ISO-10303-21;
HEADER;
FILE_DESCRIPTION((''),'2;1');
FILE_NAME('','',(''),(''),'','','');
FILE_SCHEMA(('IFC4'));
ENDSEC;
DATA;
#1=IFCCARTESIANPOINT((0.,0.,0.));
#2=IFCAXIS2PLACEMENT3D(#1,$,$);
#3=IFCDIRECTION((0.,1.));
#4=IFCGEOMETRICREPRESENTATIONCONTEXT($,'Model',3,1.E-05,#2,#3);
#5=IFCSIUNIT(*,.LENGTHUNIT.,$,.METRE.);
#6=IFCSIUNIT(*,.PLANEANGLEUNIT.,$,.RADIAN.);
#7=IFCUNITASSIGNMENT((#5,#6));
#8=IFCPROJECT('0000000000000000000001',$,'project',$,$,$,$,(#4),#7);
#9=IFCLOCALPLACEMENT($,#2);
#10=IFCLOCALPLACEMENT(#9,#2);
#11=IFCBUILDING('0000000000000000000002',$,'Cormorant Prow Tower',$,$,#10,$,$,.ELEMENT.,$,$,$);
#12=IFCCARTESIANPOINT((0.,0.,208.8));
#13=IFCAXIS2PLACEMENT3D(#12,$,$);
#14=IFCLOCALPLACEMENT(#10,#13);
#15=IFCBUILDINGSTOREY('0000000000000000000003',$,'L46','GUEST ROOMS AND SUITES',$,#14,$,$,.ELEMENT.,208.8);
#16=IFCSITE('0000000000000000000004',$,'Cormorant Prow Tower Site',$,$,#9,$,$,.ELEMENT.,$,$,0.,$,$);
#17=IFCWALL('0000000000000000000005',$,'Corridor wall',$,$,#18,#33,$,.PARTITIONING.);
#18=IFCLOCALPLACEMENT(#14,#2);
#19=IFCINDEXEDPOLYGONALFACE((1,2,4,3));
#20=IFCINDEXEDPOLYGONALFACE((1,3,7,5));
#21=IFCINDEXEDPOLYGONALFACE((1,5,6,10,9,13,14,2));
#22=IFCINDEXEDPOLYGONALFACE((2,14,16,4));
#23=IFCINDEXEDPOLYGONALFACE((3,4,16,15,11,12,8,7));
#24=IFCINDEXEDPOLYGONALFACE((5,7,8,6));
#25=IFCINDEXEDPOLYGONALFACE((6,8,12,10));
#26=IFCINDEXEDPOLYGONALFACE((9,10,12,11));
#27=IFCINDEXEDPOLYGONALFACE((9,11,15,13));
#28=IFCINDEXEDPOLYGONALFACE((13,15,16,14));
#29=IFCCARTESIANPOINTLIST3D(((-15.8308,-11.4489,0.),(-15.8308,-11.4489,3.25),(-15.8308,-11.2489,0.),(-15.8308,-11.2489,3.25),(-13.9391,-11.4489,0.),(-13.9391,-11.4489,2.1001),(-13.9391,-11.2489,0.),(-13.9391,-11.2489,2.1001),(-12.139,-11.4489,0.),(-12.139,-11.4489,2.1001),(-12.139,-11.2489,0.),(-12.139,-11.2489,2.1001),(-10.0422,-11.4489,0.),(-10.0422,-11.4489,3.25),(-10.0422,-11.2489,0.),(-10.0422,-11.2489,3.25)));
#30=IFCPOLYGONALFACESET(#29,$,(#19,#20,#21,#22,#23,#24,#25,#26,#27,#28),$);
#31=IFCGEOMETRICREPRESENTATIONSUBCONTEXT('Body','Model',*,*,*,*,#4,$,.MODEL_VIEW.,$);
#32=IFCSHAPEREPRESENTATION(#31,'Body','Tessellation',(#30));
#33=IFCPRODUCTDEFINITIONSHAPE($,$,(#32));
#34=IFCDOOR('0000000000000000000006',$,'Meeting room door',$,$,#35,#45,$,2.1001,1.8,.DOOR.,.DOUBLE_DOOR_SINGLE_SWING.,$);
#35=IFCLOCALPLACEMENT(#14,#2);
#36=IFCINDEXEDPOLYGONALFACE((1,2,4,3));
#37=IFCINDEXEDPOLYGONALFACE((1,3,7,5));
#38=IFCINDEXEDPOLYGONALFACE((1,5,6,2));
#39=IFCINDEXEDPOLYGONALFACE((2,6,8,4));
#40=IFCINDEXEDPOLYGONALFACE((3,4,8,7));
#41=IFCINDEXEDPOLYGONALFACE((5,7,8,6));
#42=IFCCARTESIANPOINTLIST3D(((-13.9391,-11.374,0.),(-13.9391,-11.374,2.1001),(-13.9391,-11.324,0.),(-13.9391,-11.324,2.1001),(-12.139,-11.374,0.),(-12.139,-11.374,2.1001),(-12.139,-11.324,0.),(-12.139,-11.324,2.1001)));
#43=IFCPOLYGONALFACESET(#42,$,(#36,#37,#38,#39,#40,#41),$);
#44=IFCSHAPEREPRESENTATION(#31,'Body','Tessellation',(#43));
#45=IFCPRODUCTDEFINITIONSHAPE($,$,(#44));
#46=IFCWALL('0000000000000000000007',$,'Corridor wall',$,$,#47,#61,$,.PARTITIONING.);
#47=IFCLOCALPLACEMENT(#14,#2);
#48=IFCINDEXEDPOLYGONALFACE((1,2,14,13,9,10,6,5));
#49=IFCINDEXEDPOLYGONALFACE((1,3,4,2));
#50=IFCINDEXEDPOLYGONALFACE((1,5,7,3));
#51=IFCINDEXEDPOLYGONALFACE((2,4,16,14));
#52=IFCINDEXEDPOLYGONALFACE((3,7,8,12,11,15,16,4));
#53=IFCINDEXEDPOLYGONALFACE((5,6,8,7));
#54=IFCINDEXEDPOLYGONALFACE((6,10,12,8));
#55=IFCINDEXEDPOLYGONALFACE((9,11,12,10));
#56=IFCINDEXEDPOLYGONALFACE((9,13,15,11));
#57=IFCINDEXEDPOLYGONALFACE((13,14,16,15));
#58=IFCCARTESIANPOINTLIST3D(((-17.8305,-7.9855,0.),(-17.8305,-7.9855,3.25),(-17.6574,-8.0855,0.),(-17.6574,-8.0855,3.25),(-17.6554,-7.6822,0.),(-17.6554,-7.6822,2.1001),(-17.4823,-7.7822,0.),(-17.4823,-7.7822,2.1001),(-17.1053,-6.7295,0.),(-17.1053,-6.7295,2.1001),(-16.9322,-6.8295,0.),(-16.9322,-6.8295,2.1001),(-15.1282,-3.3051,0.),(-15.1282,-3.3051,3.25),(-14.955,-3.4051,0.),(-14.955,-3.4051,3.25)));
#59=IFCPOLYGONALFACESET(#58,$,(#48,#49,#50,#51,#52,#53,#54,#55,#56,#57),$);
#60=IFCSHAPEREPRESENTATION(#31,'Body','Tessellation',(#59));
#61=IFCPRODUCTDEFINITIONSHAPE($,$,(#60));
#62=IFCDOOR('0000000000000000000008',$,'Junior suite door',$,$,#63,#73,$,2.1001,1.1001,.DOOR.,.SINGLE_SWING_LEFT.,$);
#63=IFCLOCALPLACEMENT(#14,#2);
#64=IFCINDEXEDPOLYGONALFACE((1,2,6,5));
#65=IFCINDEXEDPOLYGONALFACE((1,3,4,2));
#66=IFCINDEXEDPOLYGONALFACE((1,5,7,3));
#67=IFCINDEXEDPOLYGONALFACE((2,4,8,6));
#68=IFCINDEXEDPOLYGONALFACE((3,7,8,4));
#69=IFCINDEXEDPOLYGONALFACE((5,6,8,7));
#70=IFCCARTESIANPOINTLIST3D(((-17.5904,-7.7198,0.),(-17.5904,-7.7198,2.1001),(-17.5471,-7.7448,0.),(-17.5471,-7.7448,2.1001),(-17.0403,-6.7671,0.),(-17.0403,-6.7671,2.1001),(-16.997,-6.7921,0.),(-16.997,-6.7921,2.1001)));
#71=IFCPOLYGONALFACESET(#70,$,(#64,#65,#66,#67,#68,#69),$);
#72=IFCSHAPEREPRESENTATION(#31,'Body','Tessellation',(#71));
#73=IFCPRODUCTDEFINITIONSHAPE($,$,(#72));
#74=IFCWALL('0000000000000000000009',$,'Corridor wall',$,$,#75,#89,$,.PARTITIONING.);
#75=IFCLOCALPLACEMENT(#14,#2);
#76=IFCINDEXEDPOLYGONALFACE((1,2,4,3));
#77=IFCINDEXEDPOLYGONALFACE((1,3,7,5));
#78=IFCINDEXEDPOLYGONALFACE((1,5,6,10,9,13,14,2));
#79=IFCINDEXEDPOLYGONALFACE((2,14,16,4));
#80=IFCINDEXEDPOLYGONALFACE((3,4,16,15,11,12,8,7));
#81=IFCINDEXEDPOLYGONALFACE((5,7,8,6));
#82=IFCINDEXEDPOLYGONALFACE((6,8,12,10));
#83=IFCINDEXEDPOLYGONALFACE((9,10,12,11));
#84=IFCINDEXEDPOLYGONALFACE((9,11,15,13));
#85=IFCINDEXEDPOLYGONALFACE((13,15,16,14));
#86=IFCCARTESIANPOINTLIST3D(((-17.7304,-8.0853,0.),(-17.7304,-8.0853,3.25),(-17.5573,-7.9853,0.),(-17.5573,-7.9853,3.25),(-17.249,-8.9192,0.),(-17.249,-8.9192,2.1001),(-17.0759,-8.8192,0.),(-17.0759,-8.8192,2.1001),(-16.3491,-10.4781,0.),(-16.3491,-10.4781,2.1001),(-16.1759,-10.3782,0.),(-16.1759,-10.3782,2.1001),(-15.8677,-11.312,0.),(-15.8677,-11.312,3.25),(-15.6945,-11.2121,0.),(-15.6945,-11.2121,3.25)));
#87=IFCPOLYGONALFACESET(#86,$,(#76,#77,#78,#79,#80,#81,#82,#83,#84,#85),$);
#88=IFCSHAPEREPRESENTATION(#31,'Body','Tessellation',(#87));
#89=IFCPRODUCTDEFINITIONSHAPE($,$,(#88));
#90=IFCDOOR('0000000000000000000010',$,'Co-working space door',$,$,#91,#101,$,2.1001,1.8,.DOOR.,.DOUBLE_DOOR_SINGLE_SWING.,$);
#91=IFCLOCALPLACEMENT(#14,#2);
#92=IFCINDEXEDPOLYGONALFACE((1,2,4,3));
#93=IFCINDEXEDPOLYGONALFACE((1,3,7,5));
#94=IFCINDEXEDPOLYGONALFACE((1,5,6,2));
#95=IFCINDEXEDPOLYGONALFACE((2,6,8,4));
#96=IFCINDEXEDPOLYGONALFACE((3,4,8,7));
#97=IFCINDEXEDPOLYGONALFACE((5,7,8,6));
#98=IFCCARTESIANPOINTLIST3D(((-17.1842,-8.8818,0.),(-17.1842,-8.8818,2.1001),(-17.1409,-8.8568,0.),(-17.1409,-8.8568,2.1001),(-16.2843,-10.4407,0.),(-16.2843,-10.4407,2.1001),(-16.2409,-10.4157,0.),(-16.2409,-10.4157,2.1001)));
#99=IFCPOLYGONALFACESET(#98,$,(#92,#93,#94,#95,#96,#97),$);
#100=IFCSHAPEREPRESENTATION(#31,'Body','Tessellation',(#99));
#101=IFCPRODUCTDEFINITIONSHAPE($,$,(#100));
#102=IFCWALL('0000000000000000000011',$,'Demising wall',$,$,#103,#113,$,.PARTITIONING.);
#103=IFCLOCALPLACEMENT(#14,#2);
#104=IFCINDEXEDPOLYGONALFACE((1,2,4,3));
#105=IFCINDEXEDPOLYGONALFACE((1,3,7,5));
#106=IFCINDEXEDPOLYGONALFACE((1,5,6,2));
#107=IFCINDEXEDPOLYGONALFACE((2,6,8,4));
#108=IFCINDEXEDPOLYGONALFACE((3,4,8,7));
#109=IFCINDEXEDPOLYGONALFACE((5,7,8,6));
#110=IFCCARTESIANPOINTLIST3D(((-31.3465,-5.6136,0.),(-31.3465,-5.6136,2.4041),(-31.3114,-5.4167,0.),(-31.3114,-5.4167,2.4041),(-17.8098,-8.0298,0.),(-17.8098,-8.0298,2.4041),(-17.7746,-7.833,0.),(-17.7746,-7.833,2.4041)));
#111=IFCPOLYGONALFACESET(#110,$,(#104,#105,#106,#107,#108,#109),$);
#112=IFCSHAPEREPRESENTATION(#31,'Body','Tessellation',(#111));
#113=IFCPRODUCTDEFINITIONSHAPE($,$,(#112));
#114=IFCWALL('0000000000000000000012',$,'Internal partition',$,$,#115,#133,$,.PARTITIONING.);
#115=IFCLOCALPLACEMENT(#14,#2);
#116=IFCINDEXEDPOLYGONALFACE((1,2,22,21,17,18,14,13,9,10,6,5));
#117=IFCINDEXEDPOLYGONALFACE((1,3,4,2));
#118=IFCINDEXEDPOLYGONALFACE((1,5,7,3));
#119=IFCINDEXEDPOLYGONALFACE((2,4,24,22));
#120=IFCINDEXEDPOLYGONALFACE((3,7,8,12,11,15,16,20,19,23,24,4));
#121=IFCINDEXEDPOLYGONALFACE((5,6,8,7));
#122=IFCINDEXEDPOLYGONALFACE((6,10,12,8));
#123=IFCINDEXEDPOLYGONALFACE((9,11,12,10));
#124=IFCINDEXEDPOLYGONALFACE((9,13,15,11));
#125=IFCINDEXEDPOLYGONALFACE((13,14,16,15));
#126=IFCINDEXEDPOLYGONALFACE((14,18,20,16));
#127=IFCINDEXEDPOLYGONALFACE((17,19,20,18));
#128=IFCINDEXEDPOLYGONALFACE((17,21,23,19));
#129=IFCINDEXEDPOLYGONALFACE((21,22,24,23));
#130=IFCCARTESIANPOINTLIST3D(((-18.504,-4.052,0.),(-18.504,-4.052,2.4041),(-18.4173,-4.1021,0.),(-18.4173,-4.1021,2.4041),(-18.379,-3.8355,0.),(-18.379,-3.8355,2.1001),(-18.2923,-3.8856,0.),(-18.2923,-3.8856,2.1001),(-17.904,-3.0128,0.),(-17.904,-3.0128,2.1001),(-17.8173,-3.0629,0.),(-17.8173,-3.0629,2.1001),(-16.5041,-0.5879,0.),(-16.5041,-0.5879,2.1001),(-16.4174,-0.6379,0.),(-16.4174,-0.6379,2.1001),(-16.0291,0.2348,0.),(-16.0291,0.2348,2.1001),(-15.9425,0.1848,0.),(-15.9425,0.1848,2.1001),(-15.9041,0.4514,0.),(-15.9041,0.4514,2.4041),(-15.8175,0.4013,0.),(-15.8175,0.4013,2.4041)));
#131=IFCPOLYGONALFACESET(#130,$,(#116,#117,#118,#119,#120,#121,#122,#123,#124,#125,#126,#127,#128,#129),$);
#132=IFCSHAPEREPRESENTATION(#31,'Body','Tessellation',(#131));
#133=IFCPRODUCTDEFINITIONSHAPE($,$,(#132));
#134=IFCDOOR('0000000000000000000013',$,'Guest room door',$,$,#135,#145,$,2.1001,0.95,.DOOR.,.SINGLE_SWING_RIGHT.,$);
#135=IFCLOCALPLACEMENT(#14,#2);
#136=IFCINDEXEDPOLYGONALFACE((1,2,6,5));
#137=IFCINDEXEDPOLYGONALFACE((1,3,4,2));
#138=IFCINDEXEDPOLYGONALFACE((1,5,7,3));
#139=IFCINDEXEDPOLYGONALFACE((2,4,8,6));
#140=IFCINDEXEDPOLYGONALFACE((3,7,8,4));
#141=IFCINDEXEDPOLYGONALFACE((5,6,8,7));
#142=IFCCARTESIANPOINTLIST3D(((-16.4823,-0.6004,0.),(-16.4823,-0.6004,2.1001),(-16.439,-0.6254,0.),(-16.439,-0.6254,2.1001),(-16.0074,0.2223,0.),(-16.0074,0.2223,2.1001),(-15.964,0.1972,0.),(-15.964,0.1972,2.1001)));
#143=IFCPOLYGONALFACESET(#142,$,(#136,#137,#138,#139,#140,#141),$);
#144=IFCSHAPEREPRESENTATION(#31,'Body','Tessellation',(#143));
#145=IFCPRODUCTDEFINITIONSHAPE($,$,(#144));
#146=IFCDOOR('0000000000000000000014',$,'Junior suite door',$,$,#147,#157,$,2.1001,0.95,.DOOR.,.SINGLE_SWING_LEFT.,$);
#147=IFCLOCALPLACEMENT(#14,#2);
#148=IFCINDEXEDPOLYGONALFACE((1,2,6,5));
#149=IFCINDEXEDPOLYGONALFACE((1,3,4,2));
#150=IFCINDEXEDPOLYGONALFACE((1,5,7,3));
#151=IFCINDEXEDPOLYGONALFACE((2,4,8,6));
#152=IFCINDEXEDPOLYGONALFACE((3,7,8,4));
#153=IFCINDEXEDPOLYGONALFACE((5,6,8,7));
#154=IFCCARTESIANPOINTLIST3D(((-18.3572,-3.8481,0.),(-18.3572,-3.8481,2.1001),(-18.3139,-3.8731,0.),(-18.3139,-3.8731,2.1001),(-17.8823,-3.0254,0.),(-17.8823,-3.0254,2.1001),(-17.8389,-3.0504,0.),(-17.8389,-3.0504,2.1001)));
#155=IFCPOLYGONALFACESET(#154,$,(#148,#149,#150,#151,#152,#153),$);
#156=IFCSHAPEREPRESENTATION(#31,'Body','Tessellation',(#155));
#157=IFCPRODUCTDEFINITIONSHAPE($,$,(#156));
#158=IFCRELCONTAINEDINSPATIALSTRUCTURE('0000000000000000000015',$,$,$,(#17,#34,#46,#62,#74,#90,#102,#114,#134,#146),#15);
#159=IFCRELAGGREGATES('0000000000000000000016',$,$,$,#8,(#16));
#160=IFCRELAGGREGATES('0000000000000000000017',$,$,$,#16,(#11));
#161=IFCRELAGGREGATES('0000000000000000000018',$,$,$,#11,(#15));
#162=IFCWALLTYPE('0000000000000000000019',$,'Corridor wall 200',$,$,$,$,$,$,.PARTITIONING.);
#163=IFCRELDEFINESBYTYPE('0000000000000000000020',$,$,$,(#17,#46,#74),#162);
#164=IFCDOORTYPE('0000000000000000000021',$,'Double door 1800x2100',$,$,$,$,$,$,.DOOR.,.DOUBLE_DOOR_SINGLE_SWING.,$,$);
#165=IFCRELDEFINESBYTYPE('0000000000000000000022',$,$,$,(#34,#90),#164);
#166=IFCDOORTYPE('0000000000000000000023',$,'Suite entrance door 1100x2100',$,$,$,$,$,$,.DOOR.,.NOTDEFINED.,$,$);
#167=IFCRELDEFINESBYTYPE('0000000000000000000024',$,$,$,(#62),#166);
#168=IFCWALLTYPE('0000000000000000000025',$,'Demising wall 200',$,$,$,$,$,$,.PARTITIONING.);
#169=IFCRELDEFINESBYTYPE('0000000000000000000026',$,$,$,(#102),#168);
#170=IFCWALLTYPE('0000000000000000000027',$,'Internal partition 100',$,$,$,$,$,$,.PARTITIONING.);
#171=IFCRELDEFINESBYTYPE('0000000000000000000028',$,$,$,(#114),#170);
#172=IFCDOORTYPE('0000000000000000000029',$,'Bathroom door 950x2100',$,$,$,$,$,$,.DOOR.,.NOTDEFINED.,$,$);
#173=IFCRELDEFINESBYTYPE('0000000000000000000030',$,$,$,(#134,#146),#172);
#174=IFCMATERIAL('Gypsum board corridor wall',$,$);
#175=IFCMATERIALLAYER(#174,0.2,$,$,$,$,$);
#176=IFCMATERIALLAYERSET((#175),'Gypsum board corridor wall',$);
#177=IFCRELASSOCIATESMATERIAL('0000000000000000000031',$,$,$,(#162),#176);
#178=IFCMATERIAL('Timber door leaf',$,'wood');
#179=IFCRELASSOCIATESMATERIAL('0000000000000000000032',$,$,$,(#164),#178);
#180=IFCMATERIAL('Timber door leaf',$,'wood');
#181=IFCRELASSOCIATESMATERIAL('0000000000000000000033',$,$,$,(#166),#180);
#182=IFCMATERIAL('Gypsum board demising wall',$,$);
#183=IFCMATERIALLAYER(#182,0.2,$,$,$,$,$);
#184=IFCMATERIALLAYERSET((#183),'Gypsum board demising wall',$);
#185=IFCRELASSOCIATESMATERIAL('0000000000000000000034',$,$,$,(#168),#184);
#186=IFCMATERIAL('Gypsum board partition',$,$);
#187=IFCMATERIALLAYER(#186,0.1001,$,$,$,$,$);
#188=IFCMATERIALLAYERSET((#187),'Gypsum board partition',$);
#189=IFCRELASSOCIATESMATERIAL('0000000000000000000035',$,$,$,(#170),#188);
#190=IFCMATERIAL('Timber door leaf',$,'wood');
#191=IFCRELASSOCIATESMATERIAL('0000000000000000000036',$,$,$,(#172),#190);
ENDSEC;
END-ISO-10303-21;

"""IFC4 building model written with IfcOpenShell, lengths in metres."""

from ifc_helpers import new_model, si_unit, direction, frame, frame_2d, origin, place, context, subcontext, project, spatial, rectangle, extrude, material, layer, layer_set, type_object, element, fill, save


model = new_model("IFC4")

# Units and contexts
model_context = context("Model", 3, precision=1e-05, world=origin(), true_north=direction((0.0, 1.0)))
body_context = subcontext(model_context, "Body", "Model", "MODEL_VIEW")
ifc_project = project(units=[si_unit("LENGTHUNIT", "METRE"), si_unit("PLANEANGLEUNIT", "RADIAN")], contexts=[model_context])

# Site, building, storey
site_placement = place(None, origin())
site = spatial("IfcSite", under=ifc_project, at=site_placement, Name="Cormorant Prow Tower Site", CompositionType="ELEMENT", RefElevation=0.0)
building_placement = place(site_placement, origin())
building = spatial("IfcBuilding", under=site, at=building_placement, Name="Cormorant Prow Tower", CompositionType="ELEMENT")
storey_placement = place(building_placement, frame((0.0, 0.0, 208.8)))
storey = spatial("IfcBuildingStorey", under=building, at=storey_placement, Name="L46", Description="GUEST ROOMS AND SUITES", CompositionType="ELEMENT", Elevation=208.8)

# Walls, openings, doors
ifc_material_1 = material(Name="Gypsum board corridor wall")
ifc_layer_1 = layer(ifc_material_1, 0.2)
ifc_layer_set_1 = layer_set([ifc_layer_1], Name="Gypsum board corridor wall")
wall_type_1 = type_object("IfcWallType", Name="Corridor wall 200", PredefinedType="PARTITIONING", material=ifc_layer_set_1)
wall_1_placement = place(storey_placement, frame((-15.8308, -11.3489, 0.0), z_axis=(0.0, 0.0, 1.0), x_axis=(1.0, 0.0, 0.0)))
wall_1 = element("IfcWall", 1, at=wall_1_placement, inside=storey, type_object=wall_type_1, Name="Corridor wall", PredefinedType="PARTITIONING", context=body_context, shape_type="SweptSolid", body=[
    extrude(rectangle(XDim=5.7886, YDim=0.2, at=frame_2d((2.8943, 0.0))), origin(), (0.0, 0.0, 1.0), 3.25),
])
opening_1_placement = place(wall_1_placement, frame((1.8918, 0.0, 0.0)))
opening_1 = element("IfcOpeningElement", 2, at=opening_1_placement, cuts=wall_1, PredefinedType="OPENING", context=body_context, shape_type="SweptSolid", body=[
    extrude(rectangle(XDim=1.8, YDim=2.1001, at=frame_2d((0.8999, 1.05))), frame((0.0, 0.1099, 0.0), z_axis=(0.0, -1.0, 0.0), x_axis=(1.0, 0.0, 0.0)), (0.0, 0.0, 1.0), 0.22),
])
ifc_material_2 = material(Name="Timber door leaf", Category="wood")
door_type_1 = type_object("IfcDoorType", Name="Double door 1800x2100", OperationType="DOUBLE_DOOR_SINGLE_SWING", PredefinedType="DOOR", material=ifc_material_2)
door_1_placement = place(opening_1_placement, origin())
door_1 = element("IfcDoor", 3, at=door_1_placement, inside=storey, type_object=door_type_1, Name="Meeting room door", OperationType="DOUBLE_DOOR_SINGLE_SWING", OverallHeight=2.1001, OverallWidth=1.8, PredefinedType="DOOR", context=body_context, shape_type="SweptSolid", body=[
    extrude(rectangle(XDim=1.8, YDim=2.1001, at=frame_2d((0.8999, 1.05))), frame((0.0, 0.0249, 0.0), z_axis=(0.0, -1.0, 0.0), x_axis=(1.0, 0.0, 0.0)), (0.0, 0.0, 1.0), 0.05),
])
fill(opening_1, door_1)
wall_2_placement = place(storey_placement, frame((-17.7439, -8.0354, 0.0), z_axis=(0.0, 0.0, 1.0), x_axis=(0.500021, 0.866013, 0.0)))
wall_2 = element("IfcWall", 4, at=wall_2_placement, inside=storey, type_object=wall_type_1, Name="Corridor wall", PredefinedType="PARTITIONING", context=body_context, shape_type="SweptSolid", body=[
    extrude(rectangle(XDim=5.4045, YDim=0.2, at=frame_2d((2.7021, 0.0))), origin(), (0.0, 0.0, 1.0), 3.25),
])
opening_2_placement = place(wall_2_placement, frame((0.3501, 0.0, 0.0)))
opening_2 = element("IfcOpeningElement", 5, at=opening_2_placement, cuts=wall_2, PredefinedType="OPENING", context=body_context, shape_type="SweptSolid", body=[
    extrude(rectangle(XDim=1.1001, YDim=2.1001, at=frame_2d((0.55, 1.05))), frame((0.0, 0.1099, 0.0), z_axis=(0.0, -1.0, 0.0), x_axis=(1.0, 0.0, 0.0)), (0.0, 0.0, 1.0), 0.22),
])
ifc_material_3 = material(Name="Timber door leaf", Category="wood")
door_type_2 = type_object("IfcDoorType", Name="Suite entrance door 1100x2100", OperationType="NOTDEFINED", PredefinedType="DOOR", material=ifc_material_3)
door_2_placement = place(opening_2_placement, origin())
door_2 = element("IfcDoor", 6, at=door_2_placement, inside=storey, type_object=door_type_2, Name="Junior suite door", OperationType="SINGLE_SWING_LEFT", OverallHeight=2.1001, OverallWidth=1.1001, PredefinedType="DOOR", context=body_context, shape_type="SweptSolid", body=[
    extrude(rectangle(XDim=1.1001, YDim=2.1001, at=frame_2d((0.55, 1.05))), frame((0.0, 0.0249, 0.0), z_axis=(0.0, -1.0, 0.0), x_axis=(1.0, 0.0, 0.0)), (0.0, 0.0, 1.0), 0.05),
])
fill(opening_2, door_2)
wall_3_placement = place(storey_placement, frame((-17.6438, -8.0354, 0.0), z_axis=(0.0, 0.0, 1.0), x_axis=(0.499959, -0.866049, 0.0)))
wall_3 = element("IfcWall", 7, at=wall_3_placement, inside=storey, type_object=wall_type_1, Name="Corridor wall", PredefinedType="PARTITIONING", context=body_context, shape_type="SweptSolid", body=[
    extrude(rectangle(XDim=3.7258, YDim=0.2, at=frame_2d((1.8628, 0.0))), origin(), (0.0, 0.0, 1.0), 3.25),
])
opening_3_placement = place(wall_3_placement, frame((0.9629, 0.0, 0.0)))
opening_3 = element("IfcOpeningElement", 8, at=opening_3_placement, cuts=wall_3, PredefinedType="OPENING", context=body_context, shape_type="SweptSolid", body=[
    extrude(rectangle(XDim=1.8, YDim=2.1001, at=frame_2d((0.8999, 1.05))), frame((0.0, 0.1099, 0.0), z_axis=(0.0, -1.0, 0.0), x_axis=(1.0, 0.0, 0.0)), (0.0, 0.0, 1.0), 0.22),
])
door_3_placement = place(opening_3_placement, origin())
door_3 = element("IfcDoor", 9, at=door_3_placement, inside=storey, type_object=door_type_1, Name="Co-working space door", OperationType="DOUBLE_DOOR_SINGLE_SWING", OverallHeight=2.1001, OverallWidth=1.8, PredefinedType="DOOR", context=body_context, shape_type="SweptSolid", body=[
    extrude(rectangle(XDim=1.8, YDim=2.1001, at=frame_2d((0.8999, 1.05))), frame((0.0, 0.0249, 0.0), z_axis=(0.0, -1.0, 0.0), x_axis=(1.0, 0.0, 0.0)), (0.0, 0.0, 1.0), 0.05),
])
fill(opening_3, door_3)

# Wall
ifc_material_4 = material(Name="Gypsum board demising wall")
ifc_layer_2 = layer(ifc_material_4, 0.2)
ifc_layer_set_2 = layer_set([ifc_layer_2], Name="Gypsum board demising wall")
wall_type_2 = type_object("IfcWallType", Name="Demising wall 200", PredefinedType="PARTITIONING", material=ifc_layer_set_2)
wall_4_placement = place(storey_placement, frame((-31.3291, -5.5151, 0.0), z_axis=(0.0, 0.0, 1.0), x_axis=(0.984441, -0.175718, 0.0)))
element("IfcWall", 10, at=wall_4_placement, inside=storey, type_object=wall_type_2, Name="Demising wall", PredefinedType="PARTITIONING", context=body_context, shape_type="SweptSolid", body=[
    extrude(rectangle(XDim=13.7507, YDim=0.2, at=frame_2d((6.8755, 0.0))), origin(), (0.0, 0.0, 1.0), 2.4041),
])

# Wall, openings, doors
ifc_material_5 = material(Name="Gypsum board partition")
ifc_layer_3 = layer(ifc_material_5, 0.1001)
ifc_layer_set_3 = layer_set([ifc_layer_3], Name="Gypsum board partition")
wall_type_3 = type_object("IfcWallType", Name="Internal partition 100", PredefinedType="PARTITIONING", material=ifc_layer_set_3)
wall_5_placement = place(storey_placement, frame((-18.4607, -4.0771, 0.0), z_axis=(0.0, 0.0, 1.0), x_axis=(0.499972, 0.866042, 0.0)))
wall_5 = element("IfcWall", 11, at=wall_5_placement, inside=storey, type_object=wall_type_3, Name="Internal partition", PredefinedType="PARTITIONING", context=body_context, shape_type="SweptSolid", body=[
    extrude(rectangle(XDim=5.2, YDim=0.1001, at=frame_2d((2.6001, 0.0))), origin(), (0.0, 0.0, 1.0), 2.4041),
])
opening_4_placement = place(wall_5_placement, frame((4.0, 0.0, 0.0)))
opening_4 = element("IfcOpeningElement", 12, at=opening_4_placement, cuts=wall_5, PredefinedType="OPENING", context=body_context, shape_type="SweptSolid", body=[
    extrude(rectangle(XDim=0.95, YDim=2.1001, at=frame_2d((0.4751, 1.05))), frame((0.0, 0.0601, 0.0), z_axis=(0.0, -1.0, 0.0), x_axis=(1.0, 0.0, 0.0)), (0.0, 0.0, 1.0), 0.1201),
])
opening_5_placement = place(wall_5_placement, frame((0.25, 0.0, 0.0)))
opening_5 = element("IfcOpeningElement", 13, at=opening_5_placement, cuts=wall_5, PredefinedType="OPENING", context=body_context, shape_type="SweptSolid", body=[
    extrude(rectangle(XDim=0.95, YDim=2.1001, at=frame_2d((0.4751, 1.05))), frame((0.0, 0.0601, 0.0), z_axis=(0.0, -1.0, 0.0), x_axis=(1.0, 0.0, 0.0)), (0.0, 0.0, 1.0), 0.1201),
])
ifc_material_6 = material(Name="Timber door leaf", Category="wood")
door_type_3 = type_object("IfcDoorType", Name="Bathroom door 950x2100", OperationType="NOTDEFINED", PredefinedType="DOOR", material=ifc_material_6)
door_4_placement = place(opening_4_placement, origin())
door_4 = element("IfcDoor", 14, at=door_4_placement, inside=storey, type_object=door_type_3, Name="Guest room door", OperationType="SINGLE_SWING_RIGHT", OverallHeight=2.1001, OverallWidth=0.95, PredefinedType="DOOR", context=body_context, shape_type="SweptSolid", body=[
    extrude(rectangle(XDim=0.95, YDim=2.1001, at=frame_2d((0.4751, 1.05))), frame((0.0, 0.0249, 0.0), z_axis=(0.0, -1.0, 0.0), x_axis=(1.0, 0.0, 0.0)), (0.0, 0.0, 1.0), 0.05),
])
fill(opening_4, door_4)
door_5_placement = place(opening_5_placement, origin())
door_5 = element("IfcDoor", 15, at=door_5_placement, inside=storey, type_object=door_type_3, Name="Junior suite door", OperationType="SINGLE_SWING_LEFT", OverallHeight=2.1001, OverallWidth=0.95, PredefinedType="DOOR", context=body_context, shape_type="SweptSolid", body=[
    extrude(rectangle(XDim=0.95, YDim=2.1001, at=frame_2d((0.4751, 1.05))), frame((0.0, 0.0249, 0.0), z_axis=(0.0, -1.0, 0.0), x_axis=(1.0, 0.0, 0.0)), (0.0, 0.0, 1.0), 0.05),
])
fill(opening_5, door_5)

save(model, "model.ifc")
